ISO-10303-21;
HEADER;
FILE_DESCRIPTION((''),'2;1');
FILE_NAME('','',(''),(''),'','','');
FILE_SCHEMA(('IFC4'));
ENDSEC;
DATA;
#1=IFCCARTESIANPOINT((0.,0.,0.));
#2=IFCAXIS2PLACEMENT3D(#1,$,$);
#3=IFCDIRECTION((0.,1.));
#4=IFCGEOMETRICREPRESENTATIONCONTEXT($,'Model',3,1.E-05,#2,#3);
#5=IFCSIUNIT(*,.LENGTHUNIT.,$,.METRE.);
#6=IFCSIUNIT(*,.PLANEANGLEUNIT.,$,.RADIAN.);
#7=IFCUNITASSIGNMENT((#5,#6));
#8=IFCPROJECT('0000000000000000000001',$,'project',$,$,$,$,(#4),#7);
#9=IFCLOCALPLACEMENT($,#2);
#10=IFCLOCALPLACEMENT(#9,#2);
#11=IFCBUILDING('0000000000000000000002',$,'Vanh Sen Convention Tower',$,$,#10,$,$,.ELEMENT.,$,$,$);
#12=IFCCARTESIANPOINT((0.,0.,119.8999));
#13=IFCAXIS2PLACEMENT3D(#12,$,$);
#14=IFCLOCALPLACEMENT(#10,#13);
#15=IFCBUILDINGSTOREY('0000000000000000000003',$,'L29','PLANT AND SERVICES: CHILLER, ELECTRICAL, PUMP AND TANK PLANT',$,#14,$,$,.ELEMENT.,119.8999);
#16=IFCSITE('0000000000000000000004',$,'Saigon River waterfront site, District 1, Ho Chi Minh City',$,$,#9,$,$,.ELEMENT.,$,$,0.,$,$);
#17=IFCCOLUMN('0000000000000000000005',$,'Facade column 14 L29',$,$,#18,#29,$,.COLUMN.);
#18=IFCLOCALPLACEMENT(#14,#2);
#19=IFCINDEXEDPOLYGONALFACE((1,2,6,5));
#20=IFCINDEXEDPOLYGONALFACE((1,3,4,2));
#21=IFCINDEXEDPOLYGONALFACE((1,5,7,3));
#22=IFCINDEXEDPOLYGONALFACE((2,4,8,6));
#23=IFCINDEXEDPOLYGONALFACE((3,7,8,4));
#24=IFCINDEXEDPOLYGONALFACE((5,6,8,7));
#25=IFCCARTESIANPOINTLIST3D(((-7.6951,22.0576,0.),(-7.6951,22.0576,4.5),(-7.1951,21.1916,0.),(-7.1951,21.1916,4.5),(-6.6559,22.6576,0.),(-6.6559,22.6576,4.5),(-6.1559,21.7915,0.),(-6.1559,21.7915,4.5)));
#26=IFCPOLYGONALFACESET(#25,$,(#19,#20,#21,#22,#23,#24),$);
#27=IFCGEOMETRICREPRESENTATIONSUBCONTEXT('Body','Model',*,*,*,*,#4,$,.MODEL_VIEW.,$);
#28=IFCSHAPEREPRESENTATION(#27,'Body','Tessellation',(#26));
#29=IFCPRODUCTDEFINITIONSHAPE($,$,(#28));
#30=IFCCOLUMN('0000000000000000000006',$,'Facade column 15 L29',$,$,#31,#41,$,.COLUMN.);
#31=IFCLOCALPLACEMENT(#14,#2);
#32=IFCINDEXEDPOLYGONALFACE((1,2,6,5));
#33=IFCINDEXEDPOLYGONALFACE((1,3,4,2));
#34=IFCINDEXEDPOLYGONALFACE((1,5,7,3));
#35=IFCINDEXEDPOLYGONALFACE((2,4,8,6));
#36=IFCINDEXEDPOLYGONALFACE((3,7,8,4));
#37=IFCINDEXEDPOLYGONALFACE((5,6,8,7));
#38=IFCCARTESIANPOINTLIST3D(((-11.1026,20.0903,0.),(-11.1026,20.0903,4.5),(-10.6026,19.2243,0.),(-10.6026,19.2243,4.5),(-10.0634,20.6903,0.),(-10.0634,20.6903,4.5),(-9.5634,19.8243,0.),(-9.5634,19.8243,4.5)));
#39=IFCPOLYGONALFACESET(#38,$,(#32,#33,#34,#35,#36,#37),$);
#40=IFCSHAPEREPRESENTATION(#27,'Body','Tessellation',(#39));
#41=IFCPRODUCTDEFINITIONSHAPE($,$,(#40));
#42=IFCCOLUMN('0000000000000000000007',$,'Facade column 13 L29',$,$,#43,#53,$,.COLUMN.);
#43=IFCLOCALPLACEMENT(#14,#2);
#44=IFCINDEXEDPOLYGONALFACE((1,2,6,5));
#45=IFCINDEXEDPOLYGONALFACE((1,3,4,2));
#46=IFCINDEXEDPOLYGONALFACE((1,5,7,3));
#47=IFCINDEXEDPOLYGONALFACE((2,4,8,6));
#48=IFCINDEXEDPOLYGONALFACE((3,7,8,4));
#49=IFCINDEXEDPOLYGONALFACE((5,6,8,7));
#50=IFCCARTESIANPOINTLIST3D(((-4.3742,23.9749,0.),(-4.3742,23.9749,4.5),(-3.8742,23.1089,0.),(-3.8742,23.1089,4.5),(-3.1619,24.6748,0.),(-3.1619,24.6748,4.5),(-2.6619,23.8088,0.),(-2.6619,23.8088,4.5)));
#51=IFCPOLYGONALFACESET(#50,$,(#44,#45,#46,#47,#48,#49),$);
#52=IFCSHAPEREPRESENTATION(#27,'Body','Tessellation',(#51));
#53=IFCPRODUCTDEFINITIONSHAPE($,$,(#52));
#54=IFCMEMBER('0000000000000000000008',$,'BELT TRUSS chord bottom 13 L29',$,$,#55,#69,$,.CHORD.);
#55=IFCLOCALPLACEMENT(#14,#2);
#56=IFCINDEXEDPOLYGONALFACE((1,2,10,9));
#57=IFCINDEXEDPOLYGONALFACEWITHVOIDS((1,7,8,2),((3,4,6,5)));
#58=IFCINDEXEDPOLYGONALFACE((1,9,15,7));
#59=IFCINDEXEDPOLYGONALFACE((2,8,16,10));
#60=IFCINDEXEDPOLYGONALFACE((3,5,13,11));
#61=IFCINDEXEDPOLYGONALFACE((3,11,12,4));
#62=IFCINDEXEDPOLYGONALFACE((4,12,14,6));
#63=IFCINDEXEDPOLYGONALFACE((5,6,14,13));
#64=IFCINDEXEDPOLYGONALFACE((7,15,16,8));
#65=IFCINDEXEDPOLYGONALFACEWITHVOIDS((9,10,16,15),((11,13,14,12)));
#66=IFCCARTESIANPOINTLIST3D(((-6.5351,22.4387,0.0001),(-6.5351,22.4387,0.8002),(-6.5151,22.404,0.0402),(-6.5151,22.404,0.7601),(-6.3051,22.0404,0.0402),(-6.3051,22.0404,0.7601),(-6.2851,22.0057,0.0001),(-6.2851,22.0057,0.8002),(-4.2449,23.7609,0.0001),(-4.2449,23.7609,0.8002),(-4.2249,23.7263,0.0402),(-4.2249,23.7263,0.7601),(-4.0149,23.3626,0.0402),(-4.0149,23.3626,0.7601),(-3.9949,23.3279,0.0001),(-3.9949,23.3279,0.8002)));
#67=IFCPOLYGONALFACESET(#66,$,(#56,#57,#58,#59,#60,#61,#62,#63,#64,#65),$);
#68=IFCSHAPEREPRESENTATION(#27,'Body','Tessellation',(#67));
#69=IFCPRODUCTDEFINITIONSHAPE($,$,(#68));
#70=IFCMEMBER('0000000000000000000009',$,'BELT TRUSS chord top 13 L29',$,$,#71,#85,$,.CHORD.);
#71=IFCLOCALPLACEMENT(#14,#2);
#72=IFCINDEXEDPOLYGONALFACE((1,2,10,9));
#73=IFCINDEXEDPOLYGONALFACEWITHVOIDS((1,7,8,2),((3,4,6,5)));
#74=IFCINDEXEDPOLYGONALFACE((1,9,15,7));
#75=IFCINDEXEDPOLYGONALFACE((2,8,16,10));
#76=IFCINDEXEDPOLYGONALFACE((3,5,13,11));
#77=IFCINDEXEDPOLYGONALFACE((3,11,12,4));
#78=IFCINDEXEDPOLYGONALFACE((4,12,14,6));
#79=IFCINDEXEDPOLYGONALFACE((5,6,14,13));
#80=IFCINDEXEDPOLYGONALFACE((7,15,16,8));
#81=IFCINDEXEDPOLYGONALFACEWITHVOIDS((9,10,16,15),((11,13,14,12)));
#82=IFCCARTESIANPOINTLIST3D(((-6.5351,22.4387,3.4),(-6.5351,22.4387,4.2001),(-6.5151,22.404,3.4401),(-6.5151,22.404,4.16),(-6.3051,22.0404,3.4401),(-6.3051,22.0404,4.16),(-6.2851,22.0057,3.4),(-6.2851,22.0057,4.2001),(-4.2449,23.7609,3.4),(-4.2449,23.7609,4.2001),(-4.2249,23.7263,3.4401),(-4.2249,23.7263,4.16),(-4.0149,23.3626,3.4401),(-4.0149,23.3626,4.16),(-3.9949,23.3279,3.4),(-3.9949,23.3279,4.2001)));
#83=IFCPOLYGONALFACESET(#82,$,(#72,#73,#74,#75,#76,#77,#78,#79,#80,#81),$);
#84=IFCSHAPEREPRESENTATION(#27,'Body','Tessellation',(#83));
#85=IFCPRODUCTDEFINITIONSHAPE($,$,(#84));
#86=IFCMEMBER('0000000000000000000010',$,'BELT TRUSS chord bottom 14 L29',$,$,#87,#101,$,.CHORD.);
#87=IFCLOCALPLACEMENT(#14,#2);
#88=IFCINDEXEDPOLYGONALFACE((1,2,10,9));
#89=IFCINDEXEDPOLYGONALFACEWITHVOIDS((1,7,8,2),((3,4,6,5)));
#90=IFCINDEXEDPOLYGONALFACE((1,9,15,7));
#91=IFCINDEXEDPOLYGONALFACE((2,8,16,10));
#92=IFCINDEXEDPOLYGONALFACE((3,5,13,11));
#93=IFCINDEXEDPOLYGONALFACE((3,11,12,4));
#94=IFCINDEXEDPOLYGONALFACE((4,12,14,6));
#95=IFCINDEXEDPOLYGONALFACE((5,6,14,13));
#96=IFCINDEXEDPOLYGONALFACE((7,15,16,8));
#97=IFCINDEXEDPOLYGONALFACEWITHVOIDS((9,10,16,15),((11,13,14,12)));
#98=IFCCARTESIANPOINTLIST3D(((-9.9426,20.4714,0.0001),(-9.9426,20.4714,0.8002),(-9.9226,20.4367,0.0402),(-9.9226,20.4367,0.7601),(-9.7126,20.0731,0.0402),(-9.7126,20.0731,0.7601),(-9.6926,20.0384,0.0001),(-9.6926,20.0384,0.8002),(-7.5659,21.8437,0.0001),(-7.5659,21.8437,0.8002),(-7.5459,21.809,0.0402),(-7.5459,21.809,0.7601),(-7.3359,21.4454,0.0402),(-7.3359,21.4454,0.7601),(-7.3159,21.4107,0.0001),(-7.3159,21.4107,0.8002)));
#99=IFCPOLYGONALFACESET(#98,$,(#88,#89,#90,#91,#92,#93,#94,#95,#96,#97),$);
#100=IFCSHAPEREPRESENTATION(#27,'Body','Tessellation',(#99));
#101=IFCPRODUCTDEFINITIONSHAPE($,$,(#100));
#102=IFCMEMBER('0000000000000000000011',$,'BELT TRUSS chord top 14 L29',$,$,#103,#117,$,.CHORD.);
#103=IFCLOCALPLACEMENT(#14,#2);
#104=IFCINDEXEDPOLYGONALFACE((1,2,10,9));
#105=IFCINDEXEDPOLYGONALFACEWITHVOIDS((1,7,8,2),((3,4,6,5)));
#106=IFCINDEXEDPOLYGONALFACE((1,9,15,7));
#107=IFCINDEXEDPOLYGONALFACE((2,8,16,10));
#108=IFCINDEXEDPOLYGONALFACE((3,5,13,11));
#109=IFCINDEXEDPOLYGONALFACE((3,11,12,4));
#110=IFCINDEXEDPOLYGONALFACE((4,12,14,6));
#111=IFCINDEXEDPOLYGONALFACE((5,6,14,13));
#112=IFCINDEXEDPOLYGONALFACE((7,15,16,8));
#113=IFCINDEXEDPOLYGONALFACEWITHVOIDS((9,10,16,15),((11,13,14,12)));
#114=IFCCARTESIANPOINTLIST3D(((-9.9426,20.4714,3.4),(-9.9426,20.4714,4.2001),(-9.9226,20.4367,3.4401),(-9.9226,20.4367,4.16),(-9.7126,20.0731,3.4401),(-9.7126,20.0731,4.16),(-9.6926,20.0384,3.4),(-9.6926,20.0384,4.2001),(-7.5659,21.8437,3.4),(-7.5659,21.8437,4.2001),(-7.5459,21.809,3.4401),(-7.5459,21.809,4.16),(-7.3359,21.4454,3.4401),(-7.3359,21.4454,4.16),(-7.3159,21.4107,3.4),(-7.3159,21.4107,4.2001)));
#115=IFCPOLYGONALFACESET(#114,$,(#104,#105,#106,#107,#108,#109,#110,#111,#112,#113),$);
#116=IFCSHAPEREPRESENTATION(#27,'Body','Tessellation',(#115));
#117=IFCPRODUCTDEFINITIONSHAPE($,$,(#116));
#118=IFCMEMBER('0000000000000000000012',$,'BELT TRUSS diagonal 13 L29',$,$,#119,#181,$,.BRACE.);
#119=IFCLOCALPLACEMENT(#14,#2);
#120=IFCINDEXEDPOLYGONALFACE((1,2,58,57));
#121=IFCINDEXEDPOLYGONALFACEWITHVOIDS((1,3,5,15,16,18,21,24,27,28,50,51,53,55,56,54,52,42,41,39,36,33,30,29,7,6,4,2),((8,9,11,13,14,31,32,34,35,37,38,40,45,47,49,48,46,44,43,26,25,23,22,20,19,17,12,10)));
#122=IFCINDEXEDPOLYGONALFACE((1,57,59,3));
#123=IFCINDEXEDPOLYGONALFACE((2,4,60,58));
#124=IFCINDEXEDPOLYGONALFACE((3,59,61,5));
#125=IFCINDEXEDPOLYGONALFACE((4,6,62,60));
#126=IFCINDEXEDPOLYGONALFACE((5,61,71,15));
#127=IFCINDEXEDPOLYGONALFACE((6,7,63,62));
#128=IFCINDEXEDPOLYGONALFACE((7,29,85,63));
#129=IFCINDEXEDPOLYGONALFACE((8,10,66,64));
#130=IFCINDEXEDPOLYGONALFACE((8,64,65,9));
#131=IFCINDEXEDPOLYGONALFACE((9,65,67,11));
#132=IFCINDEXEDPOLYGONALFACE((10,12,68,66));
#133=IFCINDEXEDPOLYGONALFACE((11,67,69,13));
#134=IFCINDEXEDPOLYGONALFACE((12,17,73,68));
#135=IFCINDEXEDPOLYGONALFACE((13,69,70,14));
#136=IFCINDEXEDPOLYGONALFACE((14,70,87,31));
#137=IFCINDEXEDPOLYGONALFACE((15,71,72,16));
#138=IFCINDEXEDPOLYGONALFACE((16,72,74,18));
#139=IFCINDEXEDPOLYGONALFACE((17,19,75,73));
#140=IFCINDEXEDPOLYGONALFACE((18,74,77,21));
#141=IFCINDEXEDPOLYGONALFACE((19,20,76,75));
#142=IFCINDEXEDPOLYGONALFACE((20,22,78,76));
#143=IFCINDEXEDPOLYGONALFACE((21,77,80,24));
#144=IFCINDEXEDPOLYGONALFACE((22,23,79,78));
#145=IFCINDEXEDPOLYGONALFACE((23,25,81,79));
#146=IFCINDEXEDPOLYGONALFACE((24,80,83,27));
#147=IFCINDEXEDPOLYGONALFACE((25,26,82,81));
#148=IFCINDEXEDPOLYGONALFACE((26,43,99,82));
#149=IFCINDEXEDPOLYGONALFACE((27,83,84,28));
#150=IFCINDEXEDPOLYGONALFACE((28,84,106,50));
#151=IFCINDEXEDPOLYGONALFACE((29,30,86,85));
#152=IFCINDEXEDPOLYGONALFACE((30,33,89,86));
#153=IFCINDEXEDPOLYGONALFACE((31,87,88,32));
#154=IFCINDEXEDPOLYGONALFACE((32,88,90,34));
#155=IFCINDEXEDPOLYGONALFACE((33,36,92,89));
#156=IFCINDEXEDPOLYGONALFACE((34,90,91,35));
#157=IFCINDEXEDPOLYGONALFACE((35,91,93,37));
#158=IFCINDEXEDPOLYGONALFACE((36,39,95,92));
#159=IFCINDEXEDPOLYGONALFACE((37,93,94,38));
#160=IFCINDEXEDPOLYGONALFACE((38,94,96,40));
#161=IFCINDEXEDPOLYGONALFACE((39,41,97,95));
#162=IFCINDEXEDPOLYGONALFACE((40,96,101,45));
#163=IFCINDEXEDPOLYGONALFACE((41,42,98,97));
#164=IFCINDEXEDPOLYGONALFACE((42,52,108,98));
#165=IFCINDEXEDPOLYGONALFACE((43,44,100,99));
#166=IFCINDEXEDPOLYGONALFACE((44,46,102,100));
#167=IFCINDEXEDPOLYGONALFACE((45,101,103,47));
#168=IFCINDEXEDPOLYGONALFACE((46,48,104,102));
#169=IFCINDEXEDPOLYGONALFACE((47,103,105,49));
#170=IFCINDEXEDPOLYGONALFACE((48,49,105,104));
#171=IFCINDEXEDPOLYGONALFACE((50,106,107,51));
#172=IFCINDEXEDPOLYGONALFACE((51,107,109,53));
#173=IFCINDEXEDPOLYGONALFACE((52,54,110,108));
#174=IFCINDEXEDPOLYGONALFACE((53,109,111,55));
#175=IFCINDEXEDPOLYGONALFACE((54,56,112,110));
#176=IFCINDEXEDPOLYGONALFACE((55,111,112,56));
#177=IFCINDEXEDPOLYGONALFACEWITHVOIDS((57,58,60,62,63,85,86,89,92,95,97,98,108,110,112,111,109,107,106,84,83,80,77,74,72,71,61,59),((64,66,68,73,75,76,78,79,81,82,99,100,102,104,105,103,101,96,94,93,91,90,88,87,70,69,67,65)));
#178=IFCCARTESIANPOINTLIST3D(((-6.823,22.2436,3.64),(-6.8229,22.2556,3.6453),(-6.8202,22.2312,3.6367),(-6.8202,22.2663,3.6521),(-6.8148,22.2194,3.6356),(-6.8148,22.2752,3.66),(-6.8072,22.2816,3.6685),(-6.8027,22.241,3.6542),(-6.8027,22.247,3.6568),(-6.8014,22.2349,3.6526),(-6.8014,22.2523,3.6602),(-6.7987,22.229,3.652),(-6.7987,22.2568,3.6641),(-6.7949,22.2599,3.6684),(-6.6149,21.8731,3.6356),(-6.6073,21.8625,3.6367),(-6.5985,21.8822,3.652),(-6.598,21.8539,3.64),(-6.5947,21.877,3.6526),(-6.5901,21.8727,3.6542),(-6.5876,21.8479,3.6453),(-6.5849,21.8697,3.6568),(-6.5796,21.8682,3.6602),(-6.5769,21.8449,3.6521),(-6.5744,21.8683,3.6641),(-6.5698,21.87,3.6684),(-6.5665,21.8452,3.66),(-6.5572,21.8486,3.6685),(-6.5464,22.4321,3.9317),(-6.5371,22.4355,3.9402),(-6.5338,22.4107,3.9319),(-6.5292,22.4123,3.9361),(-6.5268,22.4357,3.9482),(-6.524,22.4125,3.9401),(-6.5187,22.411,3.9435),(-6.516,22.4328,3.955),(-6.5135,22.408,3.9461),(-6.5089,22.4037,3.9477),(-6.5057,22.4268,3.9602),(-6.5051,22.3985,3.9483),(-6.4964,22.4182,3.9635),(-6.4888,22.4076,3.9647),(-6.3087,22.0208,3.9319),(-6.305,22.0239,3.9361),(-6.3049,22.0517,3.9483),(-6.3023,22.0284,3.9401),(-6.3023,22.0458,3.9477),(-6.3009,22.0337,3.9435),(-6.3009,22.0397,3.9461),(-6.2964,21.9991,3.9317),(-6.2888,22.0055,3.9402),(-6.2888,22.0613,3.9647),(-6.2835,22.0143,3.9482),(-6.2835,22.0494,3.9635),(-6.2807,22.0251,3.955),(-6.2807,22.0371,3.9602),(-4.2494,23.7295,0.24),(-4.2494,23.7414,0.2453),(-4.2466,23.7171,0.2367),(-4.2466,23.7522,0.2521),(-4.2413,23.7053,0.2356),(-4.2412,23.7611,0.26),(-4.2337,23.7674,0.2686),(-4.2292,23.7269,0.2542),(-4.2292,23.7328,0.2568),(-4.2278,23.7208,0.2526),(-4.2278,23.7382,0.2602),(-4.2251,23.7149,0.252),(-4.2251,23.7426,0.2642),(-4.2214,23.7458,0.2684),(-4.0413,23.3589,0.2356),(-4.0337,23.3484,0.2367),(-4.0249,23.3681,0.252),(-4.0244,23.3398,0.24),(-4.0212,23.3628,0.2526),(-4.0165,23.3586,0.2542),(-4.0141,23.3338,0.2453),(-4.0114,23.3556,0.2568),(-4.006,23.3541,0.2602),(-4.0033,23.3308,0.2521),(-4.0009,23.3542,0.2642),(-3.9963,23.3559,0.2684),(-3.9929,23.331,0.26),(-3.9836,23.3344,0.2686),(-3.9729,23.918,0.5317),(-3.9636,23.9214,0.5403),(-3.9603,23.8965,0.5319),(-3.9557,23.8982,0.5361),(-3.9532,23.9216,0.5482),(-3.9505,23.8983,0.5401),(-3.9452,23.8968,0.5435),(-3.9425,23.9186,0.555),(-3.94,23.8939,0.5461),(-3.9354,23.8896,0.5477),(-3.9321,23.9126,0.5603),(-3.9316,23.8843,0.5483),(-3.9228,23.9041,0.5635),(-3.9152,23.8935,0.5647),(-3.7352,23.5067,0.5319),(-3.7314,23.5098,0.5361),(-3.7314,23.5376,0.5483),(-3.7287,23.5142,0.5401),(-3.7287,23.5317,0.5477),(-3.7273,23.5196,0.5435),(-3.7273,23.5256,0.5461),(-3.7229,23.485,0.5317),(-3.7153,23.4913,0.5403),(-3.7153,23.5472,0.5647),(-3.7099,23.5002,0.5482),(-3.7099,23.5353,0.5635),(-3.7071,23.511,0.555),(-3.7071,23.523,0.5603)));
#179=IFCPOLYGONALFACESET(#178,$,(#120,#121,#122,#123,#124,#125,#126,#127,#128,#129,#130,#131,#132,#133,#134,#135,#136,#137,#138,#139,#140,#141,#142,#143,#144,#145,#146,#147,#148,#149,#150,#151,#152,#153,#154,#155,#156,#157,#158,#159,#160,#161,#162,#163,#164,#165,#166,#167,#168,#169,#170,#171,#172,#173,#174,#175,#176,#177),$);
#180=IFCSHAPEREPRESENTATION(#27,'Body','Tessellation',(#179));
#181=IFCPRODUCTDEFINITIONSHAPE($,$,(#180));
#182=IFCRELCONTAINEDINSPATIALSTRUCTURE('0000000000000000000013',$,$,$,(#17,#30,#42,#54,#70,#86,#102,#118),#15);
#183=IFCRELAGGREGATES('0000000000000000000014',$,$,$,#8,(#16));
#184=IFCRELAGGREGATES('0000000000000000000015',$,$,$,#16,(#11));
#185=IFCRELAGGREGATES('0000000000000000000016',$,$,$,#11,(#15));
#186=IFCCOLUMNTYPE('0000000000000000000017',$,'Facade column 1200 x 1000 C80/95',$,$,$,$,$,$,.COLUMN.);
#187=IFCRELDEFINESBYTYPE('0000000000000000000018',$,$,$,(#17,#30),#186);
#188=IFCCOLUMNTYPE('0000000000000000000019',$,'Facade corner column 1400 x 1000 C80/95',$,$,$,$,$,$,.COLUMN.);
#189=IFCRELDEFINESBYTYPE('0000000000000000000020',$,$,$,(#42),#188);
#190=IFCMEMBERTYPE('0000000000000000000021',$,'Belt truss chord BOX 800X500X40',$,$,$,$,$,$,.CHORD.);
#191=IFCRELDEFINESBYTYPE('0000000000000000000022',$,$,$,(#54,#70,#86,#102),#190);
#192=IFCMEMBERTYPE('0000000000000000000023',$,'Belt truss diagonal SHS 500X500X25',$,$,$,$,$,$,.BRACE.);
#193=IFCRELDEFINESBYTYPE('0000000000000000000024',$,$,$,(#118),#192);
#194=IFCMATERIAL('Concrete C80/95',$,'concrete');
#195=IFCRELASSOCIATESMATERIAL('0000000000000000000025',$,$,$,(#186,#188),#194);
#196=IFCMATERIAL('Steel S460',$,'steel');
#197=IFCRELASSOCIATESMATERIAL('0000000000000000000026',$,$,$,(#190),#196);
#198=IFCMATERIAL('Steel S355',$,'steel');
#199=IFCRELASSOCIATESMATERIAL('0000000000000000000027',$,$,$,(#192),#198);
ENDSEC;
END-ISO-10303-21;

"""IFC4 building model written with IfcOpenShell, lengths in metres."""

from ifc_helpers import new_model, si_unit, direction, frame, origin, origin_2d, place, context, subcontext, project, spatial, rectangle, hollow_rectangle, extrude, material, material_profile, profile_set, type_object, element, save


model = new_model("IFC4")

# Units and contexts
model_context = context("Model", 3, precision=1e-05, world=origin(), true_north=direction((0.0, 1.0)))
body_context = subcontext(model_context, "Body", "Model", "MODEL_VIEW")
ifc_project = project(units=[si_unit("LENGTHUNIT", "METRE"), si_unit("PLANEANGLEUNIT", "RADIAN")], contexts=[model_context])

# Site, building, storey
site_placement = place(None, origin())
site = spatial("IfcSite", under=ifc_project, at=site_placement, Name="Saigon River waterfront site, District 1, Ho Chi Minh City", CompositionType="ELEMENT", RefElevation=0.0)
building_placement = place(site_placement, origin())
building = spatial("IfcBuilding", under=site, at=building_placement, Name="Vanh Sen Convention Tower", CompositionType="ELEMENT")
storey_placement = place(building_placement, frame((0.0, 0.0, 119.8999)))
storey = spatial("IfcBuildingStorey", under=building, at=storey_placement, Name="L29", Description="PLANT AND SERVICES: CHILLER, ELECTRICAL, PUMP AND TANK PLANT", CompositionType="ELEMENT", Elevation=119.8999)

# Columns
ifc_material_1 = material(Name="Concrete C80/95", Category="concrete")
ifc_material_profile_1 = material_profile(ifc_material_1, rectangle(XDim=1.2, YDim=1.0, at=origin_2d()), Name="RC 1200X1000")
ifc_profile_set_1 = profile_set([ifc_material_profile_1], Name="Concrete C80/95")
column_type_1 = type_object("IfcColumnType", Name="Facade column 1200 x 1000 C80/95", PredefinedType="COLUMN", material=ifc_profile_set_1)
for number, where, z_axis, x_axis, name in (
    (1, (-6.9255, 21.9246, 0.0), (0.0, 0.0, 1.0), (-0.866025, -0.5, 0.0), "Facade column 14 L29"),
    (2, (-10.333, 19.9573, 0.0), (0.0, 0.0, 1.0), (-0.866025, -0.5, 0.0), "Facade column 15 L29"),
):
    element("IfcColumn", number, at=place(storey_placement, frame(where, z_axis=z_axis, x_axis=x_axis)), inside=storey, type_object=column_type_1, Name=name, PredefinedType="COLUMN", context=body_context, shape_type="SweptSolid", body=[
        extrude(rectangle(XDim=1.2, YDim=1.0, at=origin_2d()), origin(), (0.0, 0.0, 1.0), 4.5),
    ])
ifc_material_profile_2 = material_profile(ifc_material_1, rectangle(XDim=1.3999, YDim=1.0, at=origin_2d()), Name="RC 1400X1000")
ifc_profile_set_2 = profile_set([ifc_material_profile_2], Name="Concrete C80/95")
column_type_2 = type_object("IfcColumnType", Name="Facade corner column 1400 x 1000 C80/95", PredefinedType="COLUMN", material=ifc_profile_set_2)
column_placement = place(storey_placement, frame((-3.5181, 23.8918, 0.0), z_axis=(0.0, 0.0, 1.0), x_axis=(-0.866025, -0.5, 0.0)))
element("IfcColumn", 3, at=column_placement, inside=storey, type_object=column_type_2, Name="Facade column 13 L29", PredefinedType="COLUMN", context=body_context, shape_type="SweptSolid", body=[
    extrude(rectangle(XDim=1.3999, YDim=1.0, at=origin_2d()), origin(), (0.0, 0.0, 1.0), 4.5),
])

# Members
ifc_material_2 = material(Name="Steel S460", Category="steel")
ifc_material_profile_3 = material_profile(ifc_material_2, hollow_rectangle(XDim=0.5, YDim=0.8, WallThickness=0.04, at=origin_2d()), Name="BOX 800X500X40")
ifc_profile_set_3 = profile_set([ifc_material_profile_3], Name="Steel S460")
member_type_1 = type_object("IfcMemberType", Name="Belt truss chord BOX 800X500X40", PredefinedType="CHORD", material=ifc_profile_set_3)
for number, where, z_axis, x_axis, name in (
    (4, (-4.1199, 23.5444, 0.4001), (-0.86603, -0.499991, 0.0), (0.499991, -0.86603, 0.0), "BELT TRUSS chord bottom 13 L29"),
    (5, (-4.1199, 23.5444, 3.8), (-0.86603, -0.499991, 0.0), (0.499991, -0.86603, 0.0), "BELT TRUSS chord top 13 L29"),
):
    element("IfcMember", number, at=place(storey_placement, frame(where, z_axis=z_axis, x_axis=x_axis)), inside=storey, type_object=member_type_1, Name=name, PredefinedType="CHORD", context=body_context, shape_type="SweptSolid", body=[
        extrude(hollow_rectangle(XDim=0.5, YDim=0.8, WallThickness=0.04, at=origin_2d()), origin(), (0.0, 0.0, 1.0), 2.6445),
    ])
for number, where, z_axis, x_axis, name in (
    (6, (-7.4409, 21.6272, 0.4001), (-0.866006, -0.500033, 0.0), (0.500033, -0.866006, 0.0), "BELT TRUSS chord bottom 14 L29"),
    (7, (-7.4409, 21.6272, 3.8), (-0.866006, -0.500033, 0.0), (0.500033, -0.866006, 0.0), "BELT TRUSS chord top 14 L29"),
):
    element("IfcMember", number, at=place(storey_placement, frame(where, z_axis=z_axis, x_axis=x_axis)), inside=storey, type_object=member_type_1, Name=name, PredefinedType="CHORD", context=body_context, shape_type="SweptSolid", body=[
        extrude(hollow_rectangle(XDim=0.5, YDim=0.8, WallThickness=0.04, at=origin_2d()), origin(), (0.0, 0.0, 1.0), 2.7444),
    ])
ifc_material_3 = material(Name="Steel S355", Category="steel")
ifc_material_profile_4 = material_profile(ifc_material_3, hollow_rectangle(XDim=0.5, YDim=0.5, WallThickness=0.0249, InnerFilletRadius=0.0249, OuterFilletRadius=0.05, at=origin_2d()), Name="SHS 500X500X25")
ifc_profile_set_4 = profile_set([ifc_material_profile_4], Name="Steel S355")
member_type_2 = type_object("IfcMemberType", Name="Belt truss diagonal SHS 500X500X25", PredefinedType="BRACE", material=ifc_profile_set_4)
member_1_placement = place(storey_placement, frame((-3.9783, 23.6262, 0.4001), z_axis=(-0.569921, -0.329052, 0.752938), x_axis=(0.500009, -0.86602, 0.0)))
element("IfcMember", 8, at=member_1_placement, inside=storey, type_object=member_type_2, Name="BELT TRUSS diagonal 13 L29", PredefinedType="BRACE", context=body_context, shape_type="SweptSolid", body=[
    extrude(hollow_rectangle(XDim=0.5, YDim=0.5, WallThickness=0.0249, InnerFilletRadius=0.0249, OuterFilletRadius=0.05, at=origin_2d()), origin(), (0.0, 0.0, 1.0), 4.5156),
])

save(model, "model.ifc")
